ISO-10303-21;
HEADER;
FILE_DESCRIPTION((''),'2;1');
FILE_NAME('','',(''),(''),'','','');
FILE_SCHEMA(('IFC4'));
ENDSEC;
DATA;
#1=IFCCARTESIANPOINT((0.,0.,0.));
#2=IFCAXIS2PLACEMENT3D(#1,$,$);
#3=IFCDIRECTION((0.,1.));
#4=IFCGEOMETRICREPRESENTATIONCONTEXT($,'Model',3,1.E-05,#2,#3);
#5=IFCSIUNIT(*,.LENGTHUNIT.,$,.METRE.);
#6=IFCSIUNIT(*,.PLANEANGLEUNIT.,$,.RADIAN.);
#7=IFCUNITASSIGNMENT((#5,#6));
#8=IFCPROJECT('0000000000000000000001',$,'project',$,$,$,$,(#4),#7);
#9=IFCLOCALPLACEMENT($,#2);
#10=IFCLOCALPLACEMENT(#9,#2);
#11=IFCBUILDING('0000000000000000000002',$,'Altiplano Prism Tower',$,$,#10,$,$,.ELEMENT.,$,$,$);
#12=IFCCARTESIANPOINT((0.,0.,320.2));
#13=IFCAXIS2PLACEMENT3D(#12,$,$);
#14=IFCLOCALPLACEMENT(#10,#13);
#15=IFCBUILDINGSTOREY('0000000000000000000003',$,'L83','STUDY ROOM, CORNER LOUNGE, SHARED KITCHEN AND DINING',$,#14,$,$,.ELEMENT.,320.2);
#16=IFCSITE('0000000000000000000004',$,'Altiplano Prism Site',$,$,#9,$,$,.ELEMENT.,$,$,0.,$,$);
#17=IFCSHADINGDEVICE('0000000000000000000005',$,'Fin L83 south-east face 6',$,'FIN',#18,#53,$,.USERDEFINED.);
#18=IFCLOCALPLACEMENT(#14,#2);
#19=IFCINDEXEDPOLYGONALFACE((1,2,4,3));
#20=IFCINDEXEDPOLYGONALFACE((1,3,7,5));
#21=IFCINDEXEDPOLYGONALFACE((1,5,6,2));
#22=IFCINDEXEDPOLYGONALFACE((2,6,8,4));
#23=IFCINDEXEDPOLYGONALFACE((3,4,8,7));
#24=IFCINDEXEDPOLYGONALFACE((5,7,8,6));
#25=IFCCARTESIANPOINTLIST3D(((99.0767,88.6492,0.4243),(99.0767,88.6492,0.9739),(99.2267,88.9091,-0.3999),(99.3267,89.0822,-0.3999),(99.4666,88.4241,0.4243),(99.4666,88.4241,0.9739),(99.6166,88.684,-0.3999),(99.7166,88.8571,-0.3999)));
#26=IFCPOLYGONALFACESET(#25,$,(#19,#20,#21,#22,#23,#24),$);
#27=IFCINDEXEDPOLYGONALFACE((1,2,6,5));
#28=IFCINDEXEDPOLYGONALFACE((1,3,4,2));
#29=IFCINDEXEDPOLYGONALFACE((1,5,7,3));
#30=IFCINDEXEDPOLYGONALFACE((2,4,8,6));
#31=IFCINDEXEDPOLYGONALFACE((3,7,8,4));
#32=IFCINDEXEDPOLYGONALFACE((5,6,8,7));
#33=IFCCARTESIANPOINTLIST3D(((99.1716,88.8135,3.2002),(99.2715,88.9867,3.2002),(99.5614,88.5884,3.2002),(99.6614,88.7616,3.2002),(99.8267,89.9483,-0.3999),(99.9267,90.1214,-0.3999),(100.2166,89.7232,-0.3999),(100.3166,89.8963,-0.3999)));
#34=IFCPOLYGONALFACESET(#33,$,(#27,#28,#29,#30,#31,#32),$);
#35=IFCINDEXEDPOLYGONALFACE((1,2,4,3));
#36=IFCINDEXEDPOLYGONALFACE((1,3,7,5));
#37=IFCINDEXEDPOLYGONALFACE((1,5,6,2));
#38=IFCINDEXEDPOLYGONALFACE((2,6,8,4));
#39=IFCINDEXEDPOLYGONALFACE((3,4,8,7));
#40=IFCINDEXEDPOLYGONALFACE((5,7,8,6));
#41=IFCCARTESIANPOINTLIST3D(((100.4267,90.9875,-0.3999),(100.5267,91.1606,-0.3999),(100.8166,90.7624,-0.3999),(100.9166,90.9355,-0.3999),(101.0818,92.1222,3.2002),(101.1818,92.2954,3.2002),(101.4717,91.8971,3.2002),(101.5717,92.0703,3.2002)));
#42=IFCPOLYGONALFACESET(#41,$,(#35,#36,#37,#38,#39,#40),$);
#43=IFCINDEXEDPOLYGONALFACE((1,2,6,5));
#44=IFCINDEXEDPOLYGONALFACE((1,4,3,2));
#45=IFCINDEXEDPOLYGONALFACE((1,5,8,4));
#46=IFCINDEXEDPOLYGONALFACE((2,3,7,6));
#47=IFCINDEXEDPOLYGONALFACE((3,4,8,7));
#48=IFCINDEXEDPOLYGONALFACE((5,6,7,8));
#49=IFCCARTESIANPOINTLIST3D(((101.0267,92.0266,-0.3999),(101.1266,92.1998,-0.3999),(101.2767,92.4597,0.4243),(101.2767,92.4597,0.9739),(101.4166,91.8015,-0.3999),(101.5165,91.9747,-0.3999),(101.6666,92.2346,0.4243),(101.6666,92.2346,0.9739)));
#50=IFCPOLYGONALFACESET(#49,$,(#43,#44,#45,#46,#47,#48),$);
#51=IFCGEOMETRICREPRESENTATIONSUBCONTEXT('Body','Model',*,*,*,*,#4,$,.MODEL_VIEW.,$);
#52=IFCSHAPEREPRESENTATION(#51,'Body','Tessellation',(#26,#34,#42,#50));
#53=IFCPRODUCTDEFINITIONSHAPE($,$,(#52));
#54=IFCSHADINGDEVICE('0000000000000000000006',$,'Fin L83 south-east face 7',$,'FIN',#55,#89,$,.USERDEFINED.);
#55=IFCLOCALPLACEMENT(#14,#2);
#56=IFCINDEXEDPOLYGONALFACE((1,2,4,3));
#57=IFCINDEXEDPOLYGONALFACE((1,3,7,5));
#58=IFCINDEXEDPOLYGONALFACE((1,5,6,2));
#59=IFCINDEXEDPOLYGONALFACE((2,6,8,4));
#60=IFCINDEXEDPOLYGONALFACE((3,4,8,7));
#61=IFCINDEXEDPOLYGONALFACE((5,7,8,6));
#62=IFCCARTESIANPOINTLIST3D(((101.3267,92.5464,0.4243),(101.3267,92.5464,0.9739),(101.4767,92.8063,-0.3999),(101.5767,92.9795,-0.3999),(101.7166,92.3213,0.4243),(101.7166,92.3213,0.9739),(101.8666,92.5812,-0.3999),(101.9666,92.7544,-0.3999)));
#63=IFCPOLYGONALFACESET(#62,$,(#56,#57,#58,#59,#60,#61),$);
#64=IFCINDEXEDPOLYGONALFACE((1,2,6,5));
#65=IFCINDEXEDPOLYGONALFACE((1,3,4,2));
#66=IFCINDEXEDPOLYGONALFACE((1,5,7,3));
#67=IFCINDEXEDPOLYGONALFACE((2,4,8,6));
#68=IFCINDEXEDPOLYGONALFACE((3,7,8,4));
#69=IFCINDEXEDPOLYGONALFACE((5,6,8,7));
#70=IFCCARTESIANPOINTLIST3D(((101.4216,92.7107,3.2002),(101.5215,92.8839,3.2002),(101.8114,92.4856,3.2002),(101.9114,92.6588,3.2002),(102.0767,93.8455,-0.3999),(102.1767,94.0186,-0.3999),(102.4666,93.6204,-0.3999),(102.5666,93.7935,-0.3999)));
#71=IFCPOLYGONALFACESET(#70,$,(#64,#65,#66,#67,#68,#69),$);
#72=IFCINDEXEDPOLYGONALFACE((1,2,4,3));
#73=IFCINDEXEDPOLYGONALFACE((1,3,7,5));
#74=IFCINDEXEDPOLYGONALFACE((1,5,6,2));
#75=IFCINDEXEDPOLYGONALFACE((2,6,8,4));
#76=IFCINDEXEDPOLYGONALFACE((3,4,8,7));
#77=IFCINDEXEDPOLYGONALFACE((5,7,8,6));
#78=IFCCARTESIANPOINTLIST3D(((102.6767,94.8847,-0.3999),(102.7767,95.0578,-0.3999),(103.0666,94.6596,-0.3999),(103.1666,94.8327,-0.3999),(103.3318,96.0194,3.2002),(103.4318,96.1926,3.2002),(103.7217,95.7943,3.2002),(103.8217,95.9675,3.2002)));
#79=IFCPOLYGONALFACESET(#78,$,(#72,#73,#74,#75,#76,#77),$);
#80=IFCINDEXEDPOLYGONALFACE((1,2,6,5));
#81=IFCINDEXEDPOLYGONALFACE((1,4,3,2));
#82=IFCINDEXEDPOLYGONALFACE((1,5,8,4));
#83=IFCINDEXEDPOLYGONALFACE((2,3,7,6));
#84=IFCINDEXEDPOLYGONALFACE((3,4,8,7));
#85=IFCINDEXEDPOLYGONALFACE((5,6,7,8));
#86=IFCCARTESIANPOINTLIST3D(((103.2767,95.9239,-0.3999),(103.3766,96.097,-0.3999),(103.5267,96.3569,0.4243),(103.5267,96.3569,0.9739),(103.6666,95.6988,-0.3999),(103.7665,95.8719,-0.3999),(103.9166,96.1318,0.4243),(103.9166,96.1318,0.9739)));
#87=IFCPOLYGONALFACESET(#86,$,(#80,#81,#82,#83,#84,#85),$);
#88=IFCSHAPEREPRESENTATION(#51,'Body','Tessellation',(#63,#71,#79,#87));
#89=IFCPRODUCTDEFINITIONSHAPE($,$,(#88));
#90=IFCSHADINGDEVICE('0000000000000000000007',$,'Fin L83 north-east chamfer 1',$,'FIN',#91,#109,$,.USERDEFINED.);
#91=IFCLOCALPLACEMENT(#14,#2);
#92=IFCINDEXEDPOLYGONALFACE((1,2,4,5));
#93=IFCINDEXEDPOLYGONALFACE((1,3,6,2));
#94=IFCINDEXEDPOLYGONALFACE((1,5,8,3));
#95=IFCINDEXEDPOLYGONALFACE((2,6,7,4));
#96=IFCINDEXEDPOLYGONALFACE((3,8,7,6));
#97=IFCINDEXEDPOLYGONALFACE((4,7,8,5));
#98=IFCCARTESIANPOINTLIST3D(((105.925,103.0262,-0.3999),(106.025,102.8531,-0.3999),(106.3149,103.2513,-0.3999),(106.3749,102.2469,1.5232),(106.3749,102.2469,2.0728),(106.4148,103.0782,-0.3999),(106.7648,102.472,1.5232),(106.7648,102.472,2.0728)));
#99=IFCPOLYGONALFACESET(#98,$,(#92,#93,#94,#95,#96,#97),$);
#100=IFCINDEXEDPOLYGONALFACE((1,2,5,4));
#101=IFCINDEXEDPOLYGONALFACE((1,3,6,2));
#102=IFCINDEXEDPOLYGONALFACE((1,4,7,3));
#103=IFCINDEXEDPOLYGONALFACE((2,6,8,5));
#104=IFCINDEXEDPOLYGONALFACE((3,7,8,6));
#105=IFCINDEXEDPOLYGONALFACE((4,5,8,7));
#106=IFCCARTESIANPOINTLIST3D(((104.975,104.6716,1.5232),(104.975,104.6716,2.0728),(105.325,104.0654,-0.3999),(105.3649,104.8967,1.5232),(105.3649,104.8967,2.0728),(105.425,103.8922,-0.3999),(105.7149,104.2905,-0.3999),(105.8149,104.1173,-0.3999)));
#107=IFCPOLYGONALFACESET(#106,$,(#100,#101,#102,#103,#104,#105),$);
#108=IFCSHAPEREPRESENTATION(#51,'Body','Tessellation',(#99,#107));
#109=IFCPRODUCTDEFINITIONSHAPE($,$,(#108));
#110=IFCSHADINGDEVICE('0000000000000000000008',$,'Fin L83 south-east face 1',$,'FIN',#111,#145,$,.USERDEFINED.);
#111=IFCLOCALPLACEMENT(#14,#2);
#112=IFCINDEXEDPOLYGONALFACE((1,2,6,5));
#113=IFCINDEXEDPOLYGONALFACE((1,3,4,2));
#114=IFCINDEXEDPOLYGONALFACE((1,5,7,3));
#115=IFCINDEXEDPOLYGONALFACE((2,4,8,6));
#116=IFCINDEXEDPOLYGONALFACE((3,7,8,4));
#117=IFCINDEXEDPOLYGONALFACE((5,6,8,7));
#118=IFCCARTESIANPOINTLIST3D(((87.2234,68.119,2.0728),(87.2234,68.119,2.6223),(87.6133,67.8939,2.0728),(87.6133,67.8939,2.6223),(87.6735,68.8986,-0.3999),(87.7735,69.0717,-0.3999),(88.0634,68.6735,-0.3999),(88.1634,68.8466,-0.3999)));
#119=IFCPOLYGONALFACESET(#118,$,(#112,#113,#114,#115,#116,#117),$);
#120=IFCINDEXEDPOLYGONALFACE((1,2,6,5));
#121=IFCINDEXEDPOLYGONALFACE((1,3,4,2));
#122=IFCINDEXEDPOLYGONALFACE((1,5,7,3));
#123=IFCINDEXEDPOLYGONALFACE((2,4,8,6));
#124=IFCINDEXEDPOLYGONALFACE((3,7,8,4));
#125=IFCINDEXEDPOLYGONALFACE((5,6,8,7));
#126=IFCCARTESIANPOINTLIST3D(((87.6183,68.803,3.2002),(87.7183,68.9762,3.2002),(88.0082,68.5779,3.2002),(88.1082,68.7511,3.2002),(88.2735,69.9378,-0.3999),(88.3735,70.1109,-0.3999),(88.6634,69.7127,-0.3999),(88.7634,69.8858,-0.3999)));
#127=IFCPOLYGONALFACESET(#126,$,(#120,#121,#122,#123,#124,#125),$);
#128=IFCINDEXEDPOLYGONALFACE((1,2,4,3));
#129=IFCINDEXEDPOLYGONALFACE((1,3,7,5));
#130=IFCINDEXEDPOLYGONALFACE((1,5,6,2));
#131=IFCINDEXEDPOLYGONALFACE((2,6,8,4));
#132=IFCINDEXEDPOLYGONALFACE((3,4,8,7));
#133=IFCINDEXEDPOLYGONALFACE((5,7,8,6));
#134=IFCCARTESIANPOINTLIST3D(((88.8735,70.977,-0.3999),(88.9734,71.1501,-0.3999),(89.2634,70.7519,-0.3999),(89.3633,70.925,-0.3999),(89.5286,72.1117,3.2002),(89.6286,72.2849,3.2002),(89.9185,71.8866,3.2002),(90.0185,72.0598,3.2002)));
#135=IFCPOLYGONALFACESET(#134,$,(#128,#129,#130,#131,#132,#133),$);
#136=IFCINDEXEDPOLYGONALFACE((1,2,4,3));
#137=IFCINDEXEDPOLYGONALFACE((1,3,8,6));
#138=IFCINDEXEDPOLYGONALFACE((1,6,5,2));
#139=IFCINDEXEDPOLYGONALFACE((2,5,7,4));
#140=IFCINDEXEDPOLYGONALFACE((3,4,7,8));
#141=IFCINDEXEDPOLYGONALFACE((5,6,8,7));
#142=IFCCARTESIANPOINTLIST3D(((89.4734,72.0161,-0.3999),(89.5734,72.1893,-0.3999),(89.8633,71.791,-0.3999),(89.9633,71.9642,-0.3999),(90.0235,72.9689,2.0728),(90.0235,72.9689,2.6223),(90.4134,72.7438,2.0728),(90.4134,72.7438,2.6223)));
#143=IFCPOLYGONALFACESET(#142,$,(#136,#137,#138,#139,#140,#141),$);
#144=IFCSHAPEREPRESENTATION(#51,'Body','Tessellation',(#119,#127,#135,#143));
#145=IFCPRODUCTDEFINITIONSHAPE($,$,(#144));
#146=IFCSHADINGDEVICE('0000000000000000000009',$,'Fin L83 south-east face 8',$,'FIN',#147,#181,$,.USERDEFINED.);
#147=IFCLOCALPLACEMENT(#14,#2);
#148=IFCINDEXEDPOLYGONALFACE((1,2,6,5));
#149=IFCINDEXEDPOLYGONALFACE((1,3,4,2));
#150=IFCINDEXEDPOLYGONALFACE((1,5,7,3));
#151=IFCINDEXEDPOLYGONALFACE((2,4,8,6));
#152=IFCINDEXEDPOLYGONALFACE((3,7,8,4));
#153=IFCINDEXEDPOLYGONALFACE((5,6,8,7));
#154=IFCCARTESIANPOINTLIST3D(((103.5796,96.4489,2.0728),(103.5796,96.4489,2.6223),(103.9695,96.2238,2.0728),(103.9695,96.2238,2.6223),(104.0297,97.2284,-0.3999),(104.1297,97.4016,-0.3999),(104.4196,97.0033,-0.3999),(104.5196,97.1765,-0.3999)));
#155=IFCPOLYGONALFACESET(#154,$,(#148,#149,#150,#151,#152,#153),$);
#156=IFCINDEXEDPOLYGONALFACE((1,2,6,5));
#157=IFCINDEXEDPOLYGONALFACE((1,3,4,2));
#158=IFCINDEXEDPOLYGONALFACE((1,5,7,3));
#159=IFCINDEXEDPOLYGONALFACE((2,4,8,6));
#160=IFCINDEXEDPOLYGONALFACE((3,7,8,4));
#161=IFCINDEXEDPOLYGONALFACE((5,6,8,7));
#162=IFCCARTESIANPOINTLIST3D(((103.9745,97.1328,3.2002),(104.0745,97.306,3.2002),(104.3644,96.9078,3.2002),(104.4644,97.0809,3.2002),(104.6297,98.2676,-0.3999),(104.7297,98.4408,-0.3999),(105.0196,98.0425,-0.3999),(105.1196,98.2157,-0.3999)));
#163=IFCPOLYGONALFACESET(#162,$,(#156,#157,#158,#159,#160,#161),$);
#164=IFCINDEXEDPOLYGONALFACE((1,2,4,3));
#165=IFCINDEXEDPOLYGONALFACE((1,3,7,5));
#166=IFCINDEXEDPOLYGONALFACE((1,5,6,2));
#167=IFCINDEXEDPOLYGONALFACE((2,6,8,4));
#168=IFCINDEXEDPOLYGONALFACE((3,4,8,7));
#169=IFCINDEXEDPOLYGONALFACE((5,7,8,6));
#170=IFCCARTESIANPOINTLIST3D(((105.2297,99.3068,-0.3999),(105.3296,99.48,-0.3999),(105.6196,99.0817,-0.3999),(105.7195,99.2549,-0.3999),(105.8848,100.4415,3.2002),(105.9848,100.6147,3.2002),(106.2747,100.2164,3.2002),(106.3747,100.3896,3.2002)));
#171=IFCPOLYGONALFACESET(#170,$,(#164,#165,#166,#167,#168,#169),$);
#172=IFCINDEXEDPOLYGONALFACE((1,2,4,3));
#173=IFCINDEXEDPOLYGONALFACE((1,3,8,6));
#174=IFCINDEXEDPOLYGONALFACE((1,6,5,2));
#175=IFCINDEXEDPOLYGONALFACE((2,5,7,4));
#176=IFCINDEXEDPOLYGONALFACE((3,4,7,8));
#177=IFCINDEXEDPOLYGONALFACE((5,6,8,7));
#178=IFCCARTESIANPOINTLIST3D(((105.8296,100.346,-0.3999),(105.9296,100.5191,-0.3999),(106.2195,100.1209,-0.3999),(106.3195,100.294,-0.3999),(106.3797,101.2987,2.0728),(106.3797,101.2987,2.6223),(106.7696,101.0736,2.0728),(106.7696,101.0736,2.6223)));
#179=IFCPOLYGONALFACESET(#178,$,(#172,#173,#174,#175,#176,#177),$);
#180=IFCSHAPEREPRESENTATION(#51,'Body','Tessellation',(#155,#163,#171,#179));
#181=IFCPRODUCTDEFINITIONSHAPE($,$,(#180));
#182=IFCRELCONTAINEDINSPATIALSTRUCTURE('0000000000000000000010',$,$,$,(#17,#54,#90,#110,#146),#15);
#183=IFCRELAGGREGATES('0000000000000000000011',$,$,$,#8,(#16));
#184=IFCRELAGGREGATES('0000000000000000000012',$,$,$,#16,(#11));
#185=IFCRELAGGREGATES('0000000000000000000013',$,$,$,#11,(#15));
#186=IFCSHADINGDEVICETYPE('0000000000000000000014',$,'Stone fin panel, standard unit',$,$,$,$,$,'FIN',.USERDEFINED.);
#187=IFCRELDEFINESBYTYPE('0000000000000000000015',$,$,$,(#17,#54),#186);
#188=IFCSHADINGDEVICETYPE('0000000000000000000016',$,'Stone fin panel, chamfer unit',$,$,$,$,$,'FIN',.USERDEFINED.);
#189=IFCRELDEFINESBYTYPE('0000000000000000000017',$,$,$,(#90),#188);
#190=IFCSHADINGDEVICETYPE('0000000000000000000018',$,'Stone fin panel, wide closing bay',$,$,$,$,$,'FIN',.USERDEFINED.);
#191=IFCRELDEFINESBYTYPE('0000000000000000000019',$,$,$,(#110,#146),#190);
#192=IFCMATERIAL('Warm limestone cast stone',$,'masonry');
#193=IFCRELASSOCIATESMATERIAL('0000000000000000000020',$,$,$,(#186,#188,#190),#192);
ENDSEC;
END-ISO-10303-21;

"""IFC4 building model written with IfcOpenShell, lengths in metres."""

from ifc_helpers import new_model, si_unit, direction, frame, origin, place, context, subcontext, project, spatial, polyline, outline, extrude, source, transform, mapped, material, type_object, element, save


model = new_model("IFC4")

# Units and contexts
model_context = context("Model", 3, precision=1e-05, world=origin(), true_north=direction((0.0, 1.0)))
body_context = subcontext(model_context, "Body", "Model", "MODEL_VIEW")
ifc_project = project(units=[si_unit("LENGTHUNIT", "METRE"), si_unit("PLANEANGLEUNIT", "RADIAN")], contexts=[model_context])

# Site, building, storey
site_placement = place(None, origin())
site = spatial("IfcSite", under=ifc_project, at=site_placement, Name="Altiplano Prism Site", CompositionType="ELEMENT", RefElevation=0.0)
building_placement = place(site_placement, origin())
building = spatial("IfcBuilding", under=site, at=building_placement, Name="Altiplano Prism Tower", CompositionType="ELEMENT")
storey_placement = place(building_placement, frame((0.0, 0.0, 320.2)))
storey = spatial("IfcBuildingStorey", under=building, at=storey_placement, Name="L83", Description="STUDY ROOM, CORNER LOUNGE, SHARED KITCHEN AND DINING", CompositionType="ELEMENT", Elevation=320.2)

# Shading devices
ifc_material_1 = material(Name="Warm limestone cast stone", Category="masonry")
shading_device_type_1 = type_object("IfcShadingDeviceType", Name="Stone fin panel, standard unit", ElementType="FIN", PredefinedType="USERDEFINED", material=ifc_material_1)
shared_shape_1 = source(origin(), body_context, "Body", "SweptSolid", [
    extrude(outline(polyline([(-2.2, 1.3738), (-2.2, 0.8242), (-1.8999, 0.0), (-1.7, 0.0), (-2.2, 1.3738)])), frame((0.0, -0.1499, 0.0), z_axis=(0.0, -1.0, 0.0), x_axis=(1.0, 0.0, 0.0)), (0.0, 0.0, 1.0), 0.4502),
    extrude(outline(polyline([(-2.0103, 3.6001), (-0.7, 0.0), (-0.5, 0.0), (-1.8103, 3.6001), (-2.0103, 3.6001)])), frame((0.0, -0.1499, 0.0), z_axis=(0.0, -1.0, 0.0), x_axis=(1.0, 0.0, 0.0)), (0.0, 0.0, 1.0), 0.4502),
    extrude(outline(polyline([(1.8103, 3.6001), (0.5, 0.0), (0.7, 0.0), (2.0103, 3.6001), (1.8103, 3.6001)])), frame((0.0, -0.1499, 0.0), z_axis=(0.0, -1.0, 0.0), x_axis=(1.0, 0.0, 0.0)), (0.0, 0.0, 1.0), 0.4502),
    extrude(outline(polyline([(2.2, 0.8242), (2.2, 1.3738), (1.7, 0.0), (1.8999, 0.0), (2.2, 0.8242)])), frame((0.0, -0.1499, 0.0), z_axis=(0.0, -1.0, 0.0), x_axis=(1.0, 0.0, 0.0)), (0.0, 0.0, 1.0), 0.4502),
])
shading_device_1_placement = place(storey_placement, origin())
element("IfcShadingDevice", 1, at=shading_device_1_placement, inside=storey, type_object=shading_device_type_1, Name="Fin L83 south-east face 6", ObjectType="FIN", PredefinedType="USERDEFINED", context=body_context, shape_type="MappedRepresentation", body=[
    mapped(shared_shape_1, transform((100.0469, 90.6294, -0.3999), x_axis=(0.5, 0.866025, 0.0), y_axis=(-0.866025, 0.5, 0.0), z_axis=(0.0, 0.0, 1.0))),
])
shading_device_2_placement = place(storey_placement, origin())
element("IfcShadingDevice", 2, at=shading_device_2_placement, inside=storey, type_object=shading_device_type_1, Name="Fin L83 south-east face 7", ObjectType="FIN", PredefinedType="USERDEFINED", context=body_context, shape_type="MappedRepresentation", body=[
    mapped(shared_shape_1, transform((102.2969, 94.5266, -0.3999), x_axis=(0.5, 0.866025, 0.0), y_axis=(-0.866025, 0.5, 0.0), z_axis=(0.0, 0.0, 1.0))),
])
shading_device_type_2 = type_object("IfcShadingDeviceType", Name="Stone fin panel, chamfer unit", ElementType="FIN", PredefinedType="USERDEFINED", material=ifc_material_1)
shared_shape_2 = source(origin(), body_context, "Body", "SweptSolid", [
    extrude(outline(polyline([(-1.3999, 2.4727), (-1.3999, 1.9231), (-0.7, 0.0), (-0.5, 0.0), (-1.3999, 2.4727)])), frame((0.0, -0.1499, 0.0), z_axis=(0.0, -1.0, 0.0), x_axis=(1.0, 0.0, 0.0)), (0.0, 0.0, 1.0), 0.4502),
    extrude(outline(polyline([(1.3999, 1.9231), (1.3999, 2.4727), (0.5, 0.0), (0.7, 0.0), (1.3999, 1.9231)])), frame((0.0, -0.1499, 0.0), z_axis=(0.0, -1.0, 0.0), x_axis=(1.0, 0.0, 0.0)), (0.0, 0.0, 1.0), 0.4502),
])
shading_device_3_placement = place(storey_placement, origin())
element("IfcShadingDevice", 3, at=shading_device_3_placement, inside=storey, type_object=shading_device_type_2, Name="Fin L83 north-east chamfer 1", ObjectType="FIN", PredefinedType="USERDEFINED", context=body_context, shape_type="MappedRepresentation", body=[
    mapped(shared_shape_2, transform((105.5452, 103.3843, -0.3999), x_axis=(-0.5, 0.866025, 0.0), y_axis=(-0.866025, -0.5, 0.0), z_axis=(0.0, 0.0, 1.0))),
])
shading_device_type_3 = type_object("IfcShadingDeviceType", Name="Stone fin panel, wide closing bay", ElementType="FIN", PredefinedType="USERDEFINED", material=ifc_material_1)
shared_shape_3 = source(origin(), body_context, "Body", "SweptSolid", [
    extrude(outline(polyline([(-2.8, 3.0222), (-2.8, 2.4727), (-1.8999, 0.0), (-1.7, 0.0), (-2.8, 3.0222)])), frame((0.0, -0.1499, 0.0), z_axis=(0.0, -1.0, 0.0), x_axis=(1.0, 0.0, 0.0)), (0.0, 0.0, 1.0), 0.4502),
    extrude(outline(polyline([(-2.0103, 3.6001), (-0.7, 0.0), (-0.5, 0.0), (-1.8103, 3.6001), (-2.0103, 3.6001)])), frame((0.0, -0.1499, 0.0), z_axis=(0.0, -1.0, 0.0), x_axis=(1.0, 0.0, 0.0)), (0.0, 0.0, 1.0), 0.4502),
    extrude(outline(polyline([(1.8103, 3.6001), (0.5, 0.0), (0.7, 0.0), (2.0103, 3.6001), (1.8103, 3.6001)])), frame((0.0, -0.1499, 0.0), z_axis=(0.0, -1.0, 0.0), x_axis=(1.0, 0.0, 0.0)), (0.0, 0.0, 1.0), 0.4502),
    extrude(outline(polyline([(2.8, 2.4727), (2.8, 3.0222), (1.7, 0.0), (1.8999, 0.0), (2.8, 2.4727)])), frame((0.0, -0.1499, 0.0), z_axis=(0.0, -1.0, 0.0), x_axis=(1.0, 0.0, 0.0)), (0.0, 0.0, 1.0), 0.4502),
])
shading_device_4_placement = place(storey_placement, origin())
element("IfcShadingDevice", 4, at=shading_device_4_placement, inside=storey, type_object=shading_device_type_3, Name="Fin L83 south-east face 1", ObjectType="FIN", PredefinedType="USERDEFINED", context=body_context, shape_type="MappedRepresentation", body=[
    mapped(shared_shape_3, transform((88.4937, 70.6189, -0.3999), x_axis=(0.5, 0.866025, 0.0), y_axis=(-0.866025, 0.5, 0.0), z_axis=(0.0, 0.0, 1.0))),
])
shading_device_5_placement = place(storey_placement, origin())
element("IfcShadingDevice", 5, at=shading_device_5_placement, inside=storey, type_object=shading_device_type_3, Name="Fin L83 south-east face 8", ObjectType="FIN", PredefinedType="USERDEFINED", context=body_context, shape_type="MappedRepresentation", body=[
    mapped(shared_shape_3, transform((104.8499, 98.9487, -0.3999), x_axis=(0.5, 0.866025, 0.0), y_axis=(-0.866025, 0.5, 0.0), z_axis=(0.0, 0.0, 1.0))),
])

save(model, "model.ifc")
